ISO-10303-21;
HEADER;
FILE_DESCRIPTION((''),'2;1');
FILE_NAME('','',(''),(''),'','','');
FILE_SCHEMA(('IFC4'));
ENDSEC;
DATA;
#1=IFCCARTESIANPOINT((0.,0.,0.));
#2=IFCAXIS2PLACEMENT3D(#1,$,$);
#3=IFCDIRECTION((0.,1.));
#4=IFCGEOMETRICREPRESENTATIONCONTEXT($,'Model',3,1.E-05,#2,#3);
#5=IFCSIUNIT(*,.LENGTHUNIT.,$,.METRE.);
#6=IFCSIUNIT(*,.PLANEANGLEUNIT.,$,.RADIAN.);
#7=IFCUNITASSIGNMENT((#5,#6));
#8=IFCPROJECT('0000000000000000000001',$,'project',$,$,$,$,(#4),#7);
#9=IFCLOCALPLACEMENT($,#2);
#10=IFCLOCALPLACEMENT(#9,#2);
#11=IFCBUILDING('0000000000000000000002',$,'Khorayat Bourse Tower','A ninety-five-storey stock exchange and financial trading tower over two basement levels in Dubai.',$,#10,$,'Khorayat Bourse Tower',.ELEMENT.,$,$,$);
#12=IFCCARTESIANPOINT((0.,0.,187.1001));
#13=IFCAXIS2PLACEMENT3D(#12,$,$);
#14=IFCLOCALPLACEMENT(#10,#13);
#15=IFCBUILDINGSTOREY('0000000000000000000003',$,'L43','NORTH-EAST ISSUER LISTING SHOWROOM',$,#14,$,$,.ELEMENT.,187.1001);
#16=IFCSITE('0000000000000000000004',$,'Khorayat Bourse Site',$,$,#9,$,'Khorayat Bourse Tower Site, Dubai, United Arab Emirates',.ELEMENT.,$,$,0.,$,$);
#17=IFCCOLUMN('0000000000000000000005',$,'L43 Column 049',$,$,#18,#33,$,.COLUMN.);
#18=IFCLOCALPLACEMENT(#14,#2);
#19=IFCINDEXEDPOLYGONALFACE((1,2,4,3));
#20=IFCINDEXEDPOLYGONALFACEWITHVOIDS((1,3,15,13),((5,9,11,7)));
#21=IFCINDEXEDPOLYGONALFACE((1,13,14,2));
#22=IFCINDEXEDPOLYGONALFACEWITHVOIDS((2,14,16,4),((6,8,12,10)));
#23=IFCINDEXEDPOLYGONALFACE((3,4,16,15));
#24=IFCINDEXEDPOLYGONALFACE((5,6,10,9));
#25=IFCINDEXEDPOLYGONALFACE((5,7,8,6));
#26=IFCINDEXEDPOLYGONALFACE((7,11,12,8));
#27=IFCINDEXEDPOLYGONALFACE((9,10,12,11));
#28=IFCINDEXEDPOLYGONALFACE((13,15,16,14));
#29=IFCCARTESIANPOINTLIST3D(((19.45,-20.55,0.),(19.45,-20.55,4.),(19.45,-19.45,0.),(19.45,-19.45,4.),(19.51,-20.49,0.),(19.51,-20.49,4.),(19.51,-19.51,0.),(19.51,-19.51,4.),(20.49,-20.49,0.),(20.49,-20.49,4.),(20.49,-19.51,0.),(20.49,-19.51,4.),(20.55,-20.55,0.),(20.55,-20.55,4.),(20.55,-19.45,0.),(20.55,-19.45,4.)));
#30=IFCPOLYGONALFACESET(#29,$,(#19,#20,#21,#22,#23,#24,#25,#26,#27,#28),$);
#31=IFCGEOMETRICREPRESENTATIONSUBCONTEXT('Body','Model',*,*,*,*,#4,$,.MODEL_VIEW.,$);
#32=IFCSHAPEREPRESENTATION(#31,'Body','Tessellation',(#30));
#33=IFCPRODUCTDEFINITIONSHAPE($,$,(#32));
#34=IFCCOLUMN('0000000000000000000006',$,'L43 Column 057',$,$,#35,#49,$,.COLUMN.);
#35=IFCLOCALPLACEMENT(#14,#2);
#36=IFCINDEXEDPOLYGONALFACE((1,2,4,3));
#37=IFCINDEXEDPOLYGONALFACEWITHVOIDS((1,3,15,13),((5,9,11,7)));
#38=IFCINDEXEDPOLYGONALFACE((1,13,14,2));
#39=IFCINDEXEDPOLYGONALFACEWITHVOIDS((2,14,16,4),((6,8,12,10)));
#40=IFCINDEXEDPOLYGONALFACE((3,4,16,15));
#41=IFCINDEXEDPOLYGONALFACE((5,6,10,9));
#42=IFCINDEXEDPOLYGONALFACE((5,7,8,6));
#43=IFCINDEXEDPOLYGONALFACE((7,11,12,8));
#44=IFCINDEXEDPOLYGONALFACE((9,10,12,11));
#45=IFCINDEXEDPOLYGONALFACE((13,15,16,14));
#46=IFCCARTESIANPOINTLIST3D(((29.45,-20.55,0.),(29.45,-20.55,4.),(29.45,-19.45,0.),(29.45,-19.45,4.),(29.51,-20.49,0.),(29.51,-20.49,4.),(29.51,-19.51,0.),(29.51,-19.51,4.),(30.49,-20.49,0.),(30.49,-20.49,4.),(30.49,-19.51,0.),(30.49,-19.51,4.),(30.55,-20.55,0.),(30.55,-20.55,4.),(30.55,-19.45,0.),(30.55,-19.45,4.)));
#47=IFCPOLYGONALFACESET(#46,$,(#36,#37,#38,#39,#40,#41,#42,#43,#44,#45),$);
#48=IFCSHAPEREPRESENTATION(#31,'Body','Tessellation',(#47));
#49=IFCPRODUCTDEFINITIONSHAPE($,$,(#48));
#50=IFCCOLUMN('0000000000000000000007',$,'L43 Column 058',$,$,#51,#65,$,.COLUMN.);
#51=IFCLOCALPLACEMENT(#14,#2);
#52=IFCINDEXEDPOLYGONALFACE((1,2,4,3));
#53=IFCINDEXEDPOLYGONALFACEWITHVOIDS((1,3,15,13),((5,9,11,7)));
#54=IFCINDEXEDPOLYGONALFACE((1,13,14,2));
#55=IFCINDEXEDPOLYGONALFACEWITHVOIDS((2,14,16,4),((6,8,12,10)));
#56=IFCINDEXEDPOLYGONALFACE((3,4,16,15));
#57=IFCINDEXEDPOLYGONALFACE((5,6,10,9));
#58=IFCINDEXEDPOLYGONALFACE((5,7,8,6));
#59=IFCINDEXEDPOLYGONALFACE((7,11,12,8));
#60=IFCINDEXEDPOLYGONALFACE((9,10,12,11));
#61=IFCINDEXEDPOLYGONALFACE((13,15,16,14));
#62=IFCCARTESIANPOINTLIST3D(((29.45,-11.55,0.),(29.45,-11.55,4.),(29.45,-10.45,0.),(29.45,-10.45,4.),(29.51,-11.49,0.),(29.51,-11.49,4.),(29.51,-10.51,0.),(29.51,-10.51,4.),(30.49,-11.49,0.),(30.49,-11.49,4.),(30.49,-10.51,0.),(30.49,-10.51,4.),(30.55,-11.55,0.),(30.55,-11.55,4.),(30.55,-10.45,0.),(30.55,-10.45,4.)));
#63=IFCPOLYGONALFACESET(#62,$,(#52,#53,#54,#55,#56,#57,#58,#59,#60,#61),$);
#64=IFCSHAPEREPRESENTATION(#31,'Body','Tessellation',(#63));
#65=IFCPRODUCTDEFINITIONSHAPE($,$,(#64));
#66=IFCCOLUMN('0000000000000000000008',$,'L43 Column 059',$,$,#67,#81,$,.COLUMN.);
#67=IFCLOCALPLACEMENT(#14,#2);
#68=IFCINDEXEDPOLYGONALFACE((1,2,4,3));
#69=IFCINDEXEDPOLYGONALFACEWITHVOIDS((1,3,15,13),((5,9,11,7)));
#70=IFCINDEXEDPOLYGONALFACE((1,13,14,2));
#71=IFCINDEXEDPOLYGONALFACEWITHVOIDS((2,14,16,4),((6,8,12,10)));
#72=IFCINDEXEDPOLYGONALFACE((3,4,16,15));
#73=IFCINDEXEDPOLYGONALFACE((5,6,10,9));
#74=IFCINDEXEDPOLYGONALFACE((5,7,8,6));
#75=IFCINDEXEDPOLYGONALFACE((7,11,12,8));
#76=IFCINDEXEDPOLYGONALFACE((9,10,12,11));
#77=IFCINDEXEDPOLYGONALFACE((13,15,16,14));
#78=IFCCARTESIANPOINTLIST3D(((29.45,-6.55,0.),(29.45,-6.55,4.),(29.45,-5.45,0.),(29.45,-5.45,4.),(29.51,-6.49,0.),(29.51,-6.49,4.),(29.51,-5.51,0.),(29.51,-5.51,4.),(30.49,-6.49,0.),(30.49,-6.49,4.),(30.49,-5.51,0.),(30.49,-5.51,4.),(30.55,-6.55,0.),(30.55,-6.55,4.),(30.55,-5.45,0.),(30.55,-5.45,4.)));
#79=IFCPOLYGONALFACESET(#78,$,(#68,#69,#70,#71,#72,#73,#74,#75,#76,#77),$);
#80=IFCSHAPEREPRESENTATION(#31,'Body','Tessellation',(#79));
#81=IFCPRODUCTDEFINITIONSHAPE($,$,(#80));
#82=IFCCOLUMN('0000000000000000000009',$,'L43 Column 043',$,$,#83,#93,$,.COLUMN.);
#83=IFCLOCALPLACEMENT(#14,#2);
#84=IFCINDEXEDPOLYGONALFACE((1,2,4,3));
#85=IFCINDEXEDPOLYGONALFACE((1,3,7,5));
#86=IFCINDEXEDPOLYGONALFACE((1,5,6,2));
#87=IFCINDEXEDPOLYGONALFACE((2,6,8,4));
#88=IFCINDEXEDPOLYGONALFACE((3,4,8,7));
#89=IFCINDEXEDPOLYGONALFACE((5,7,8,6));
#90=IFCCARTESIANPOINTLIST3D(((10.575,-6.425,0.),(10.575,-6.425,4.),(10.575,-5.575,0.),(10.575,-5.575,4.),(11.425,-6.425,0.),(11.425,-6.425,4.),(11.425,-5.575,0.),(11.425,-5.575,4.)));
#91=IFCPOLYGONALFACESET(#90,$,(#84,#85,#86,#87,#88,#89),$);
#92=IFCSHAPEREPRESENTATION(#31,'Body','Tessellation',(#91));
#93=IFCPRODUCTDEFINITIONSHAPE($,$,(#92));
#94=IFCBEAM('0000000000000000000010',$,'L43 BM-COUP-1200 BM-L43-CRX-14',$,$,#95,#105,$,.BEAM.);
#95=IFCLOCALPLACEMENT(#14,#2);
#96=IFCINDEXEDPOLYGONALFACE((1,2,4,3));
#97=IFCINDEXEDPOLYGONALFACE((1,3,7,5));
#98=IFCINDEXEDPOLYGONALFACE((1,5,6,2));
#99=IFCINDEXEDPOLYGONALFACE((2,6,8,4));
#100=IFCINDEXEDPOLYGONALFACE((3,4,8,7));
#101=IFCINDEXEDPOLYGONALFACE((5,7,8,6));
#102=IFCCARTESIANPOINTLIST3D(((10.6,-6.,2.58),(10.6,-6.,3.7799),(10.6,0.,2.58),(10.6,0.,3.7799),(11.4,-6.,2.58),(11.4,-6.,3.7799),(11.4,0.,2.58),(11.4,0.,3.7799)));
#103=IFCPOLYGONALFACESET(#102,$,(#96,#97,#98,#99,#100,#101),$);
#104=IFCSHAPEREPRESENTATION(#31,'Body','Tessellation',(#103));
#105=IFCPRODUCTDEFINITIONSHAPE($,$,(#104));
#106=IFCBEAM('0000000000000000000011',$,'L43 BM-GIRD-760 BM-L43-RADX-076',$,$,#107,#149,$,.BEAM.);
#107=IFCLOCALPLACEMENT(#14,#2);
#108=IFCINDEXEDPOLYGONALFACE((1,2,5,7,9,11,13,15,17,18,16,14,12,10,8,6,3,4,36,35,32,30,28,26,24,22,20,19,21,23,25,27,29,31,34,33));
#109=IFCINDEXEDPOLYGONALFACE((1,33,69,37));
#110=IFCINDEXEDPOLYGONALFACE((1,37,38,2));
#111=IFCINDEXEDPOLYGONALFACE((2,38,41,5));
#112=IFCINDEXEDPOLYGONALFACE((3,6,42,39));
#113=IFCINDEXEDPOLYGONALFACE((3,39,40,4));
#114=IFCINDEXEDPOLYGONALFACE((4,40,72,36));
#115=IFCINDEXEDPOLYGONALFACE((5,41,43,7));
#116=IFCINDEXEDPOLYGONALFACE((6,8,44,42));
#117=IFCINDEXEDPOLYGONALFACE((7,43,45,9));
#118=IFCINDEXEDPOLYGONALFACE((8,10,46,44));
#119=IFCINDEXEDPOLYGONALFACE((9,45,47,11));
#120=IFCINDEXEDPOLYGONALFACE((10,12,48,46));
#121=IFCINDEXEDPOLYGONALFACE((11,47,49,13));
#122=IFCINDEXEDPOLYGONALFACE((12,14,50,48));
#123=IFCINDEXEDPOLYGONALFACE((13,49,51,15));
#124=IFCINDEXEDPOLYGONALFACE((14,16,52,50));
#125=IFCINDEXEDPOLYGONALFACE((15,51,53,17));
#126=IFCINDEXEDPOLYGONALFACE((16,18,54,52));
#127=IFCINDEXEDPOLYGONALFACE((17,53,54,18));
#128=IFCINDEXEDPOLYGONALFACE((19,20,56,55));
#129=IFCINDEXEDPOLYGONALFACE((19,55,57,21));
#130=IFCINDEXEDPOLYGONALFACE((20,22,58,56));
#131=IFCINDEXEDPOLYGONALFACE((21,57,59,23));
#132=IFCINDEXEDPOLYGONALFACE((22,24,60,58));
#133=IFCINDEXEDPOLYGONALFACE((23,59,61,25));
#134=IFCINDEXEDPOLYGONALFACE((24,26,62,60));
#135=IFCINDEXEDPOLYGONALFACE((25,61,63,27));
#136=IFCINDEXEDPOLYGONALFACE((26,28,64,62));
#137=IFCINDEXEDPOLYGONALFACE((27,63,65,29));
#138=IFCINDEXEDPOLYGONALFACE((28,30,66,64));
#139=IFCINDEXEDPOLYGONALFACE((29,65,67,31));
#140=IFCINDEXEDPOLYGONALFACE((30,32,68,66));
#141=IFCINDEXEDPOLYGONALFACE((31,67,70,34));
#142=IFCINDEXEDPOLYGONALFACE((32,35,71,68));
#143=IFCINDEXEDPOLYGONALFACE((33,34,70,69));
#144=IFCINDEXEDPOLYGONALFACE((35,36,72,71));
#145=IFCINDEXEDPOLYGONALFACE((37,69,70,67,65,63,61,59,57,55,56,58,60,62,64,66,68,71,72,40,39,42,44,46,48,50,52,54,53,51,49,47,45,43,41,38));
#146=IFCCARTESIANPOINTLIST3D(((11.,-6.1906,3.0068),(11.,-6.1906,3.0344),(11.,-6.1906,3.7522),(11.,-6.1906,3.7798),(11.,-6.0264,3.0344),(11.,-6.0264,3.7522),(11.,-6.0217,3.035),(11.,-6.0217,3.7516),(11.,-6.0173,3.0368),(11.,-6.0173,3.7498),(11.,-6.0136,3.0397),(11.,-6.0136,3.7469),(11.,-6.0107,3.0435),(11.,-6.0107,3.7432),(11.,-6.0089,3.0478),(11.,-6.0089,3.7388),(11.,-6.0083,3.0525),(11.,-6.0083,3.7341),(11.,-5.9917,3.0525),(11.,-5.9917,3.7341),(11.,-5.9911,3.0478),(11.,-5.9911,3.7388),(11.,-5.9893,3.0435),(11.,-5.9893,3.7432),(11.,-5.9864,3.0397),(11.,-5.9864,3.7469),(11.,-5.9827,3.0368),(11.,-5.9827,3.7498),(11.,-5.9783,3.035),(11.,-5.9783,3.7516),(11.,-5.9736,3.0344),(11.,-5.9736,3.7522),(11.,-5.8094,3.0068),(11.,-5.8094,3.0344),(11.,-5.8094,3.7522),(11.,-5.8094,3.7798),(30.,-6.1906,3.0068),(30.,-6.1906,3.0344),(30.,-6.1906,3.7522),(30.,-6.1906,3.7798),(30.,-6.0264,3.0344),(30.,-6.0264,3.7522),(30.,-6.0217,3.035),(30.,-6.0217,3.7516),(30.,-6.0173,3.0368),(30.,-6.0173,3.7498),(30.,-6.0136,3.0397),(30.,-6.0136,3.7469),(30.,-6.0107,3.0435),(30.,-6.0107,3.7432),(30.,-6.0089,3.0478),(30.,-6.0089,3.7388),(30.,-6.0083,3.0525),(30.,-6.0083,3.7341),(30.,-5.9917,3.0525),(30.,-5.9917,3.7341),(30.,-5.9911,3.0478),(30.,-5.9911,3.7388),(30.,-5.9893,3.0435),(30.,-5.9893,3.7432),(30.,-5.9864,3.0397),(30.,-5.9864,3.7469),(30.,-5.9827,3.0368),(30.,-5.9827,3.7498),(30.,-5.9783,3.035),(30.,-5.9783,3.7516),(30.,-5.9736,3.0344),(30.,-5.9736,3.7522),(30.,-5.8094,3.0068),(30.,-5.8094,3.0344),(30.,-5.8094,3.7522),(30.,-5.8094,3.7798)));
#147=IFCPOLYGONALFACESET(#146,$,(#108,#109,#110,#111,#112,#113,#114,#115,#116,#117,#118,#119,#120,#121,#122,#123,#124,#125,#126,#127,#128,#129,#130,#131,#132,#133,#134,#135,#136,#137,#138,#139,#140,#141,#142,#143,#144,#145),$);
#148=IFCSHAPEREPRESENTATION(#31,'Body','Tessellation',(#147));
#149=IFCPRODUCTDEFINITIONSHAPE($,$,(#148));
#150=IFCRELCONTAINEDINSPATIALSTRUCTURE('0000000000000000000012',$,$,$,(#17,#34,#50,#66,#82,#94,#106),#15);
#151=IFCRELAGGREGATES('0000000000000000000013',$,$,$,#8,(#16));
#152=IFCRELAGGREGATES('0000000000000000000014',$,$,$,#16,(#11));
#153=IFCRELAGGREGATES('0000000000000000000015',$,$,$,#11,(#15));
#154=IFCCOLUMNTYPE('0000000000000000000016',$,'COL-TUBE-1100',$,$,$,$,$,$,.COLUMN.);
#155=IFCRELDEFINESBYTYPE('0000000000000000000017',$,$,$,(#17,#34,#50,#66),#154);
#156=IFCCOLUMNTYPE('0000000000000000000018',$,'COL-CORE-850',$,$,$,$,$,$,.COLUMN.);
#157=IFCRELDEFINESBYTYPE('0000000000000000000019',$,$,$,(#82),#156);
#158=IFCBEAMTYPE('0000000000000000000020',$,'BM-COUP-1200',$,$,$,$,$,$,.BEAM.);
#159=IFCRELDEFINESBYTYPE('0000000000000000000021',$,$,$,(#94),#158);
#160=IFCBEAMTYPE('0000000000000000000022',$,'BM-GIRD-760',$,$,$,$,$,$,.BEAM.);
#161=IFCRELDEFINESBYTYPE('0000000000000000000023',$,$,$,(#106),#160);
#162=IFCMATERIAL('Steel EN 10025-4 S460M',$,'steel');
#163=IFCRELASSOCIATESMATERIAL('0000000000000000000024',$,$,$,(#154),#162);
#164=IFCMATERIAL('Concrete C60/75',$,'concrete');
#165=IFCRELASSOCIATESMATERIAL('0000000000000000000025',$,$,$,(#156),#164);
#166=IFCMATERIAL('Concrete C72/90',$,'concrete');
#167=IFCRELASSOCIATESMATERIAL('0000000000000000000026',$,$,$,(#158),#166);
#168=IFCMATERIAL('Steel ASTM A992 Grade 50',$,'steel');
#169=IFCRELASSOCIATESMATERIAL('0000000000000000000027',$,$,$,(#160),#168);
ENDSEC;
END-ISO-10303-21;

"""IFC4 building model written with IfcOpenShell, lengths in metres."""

from ifc_helpers import new_model, si_unit, direction, frame, origin, origin_2d, place, context, subcontext, project, spatial, rectangle, hollow_rectangle, i_section, extrude, source, transform, mapped, material, material_profile, profile_set, type_object, element, save


model = new_model("IFC4")

# Units and contexts
model_context = context("Model", 3, precision=1e-05, world=origin(), true_north=direction((0.0, 1.0)))
body_context = subcontext(model_context, "Body", "Model", "MODEL_VIEW")
ifc_project = project(units=[si_unit("LENGTHUNIT", "METRE"), si_unit("PLANEANGLEUNIT", "RADIAN")], contexts=[model_context])

# Site, building, storey
site_placement = place(None, origin())
site = spatial("IfcSite", under=ifc_project, at=site_placement, Name="Khorayat Bourse Site", LongName="Khorayat Bourse Tower Site, Dubai, United Arab Emirates", CompositionType="ELEMENT", RefElevation=0.0)
building_placement = place(site_placement, origin())
building = spatial("IfcBuilding", under=site, at=building_placement, Name="Khorayat Bourse Tower", Description="A ninety-five-storey stock exchange and financial trading tower over two basement levels in Dubai.", LongName="Khorayat Bourse Tower", CompositionType="ELEMENT")
storey_placement = place(building_placement, frame((0.0, 0.0, 187.1001)))
storey = spatial("IfcBuildingStorey", under=building, at=storey_placement, Name="L43", Description="NORTH-EAST ISSUER LISTING SHOWROOM", CompositionType="ELEMENT", Elevation=187.1001)

# Columns
ifc_material_1 = material(Name="Steel EN 10025-4 S460M", Category="steel")
ifc_material_profile_1 = material_profile(ifc_material_1, hollow_rectangle(XDim=1.1001, YDim=1.1001, WallThickness=0.0601, at=origin_2d()), Name="BOX 1100x1100x60")
ifc_profile_set_1 = profile_set([ifc_material_profile_1], Name="Steel EN 10025-4 S460M")
column_type_1 = type_object("IfcColumnType", Name="COL-TUBE-1100", PredefinedType="COLUMN", material=ifc_profile_set_1)
shared_shape_1 = source(origin(), body_context, "Body", "SweptSolid", [
    extrude(hollow_rectangle(XDim=1.1001, YDim=1.1001, WallThickness=0.0601, at=origin_2d()), origin(), (0.0, 0.0, 1.0), 4.0),
])
for number, where, z_axis, x_axis, name in (
    (1, (20.0, -20.0, 0.0), (0.0, 0.0, 1.0), (1.0, 0.0, 0.0), "L43 Column 049"),
    (2, (30.0, -20.0, 0.0), (0.0, 0.0, 1.0), (1.0, 0.0, 0.0), "L43 Column 057"),
    (3, (30.0, -11.0, 0.0), (0.0, 0.0, 1.0), (1.0, 0.0, 0.0), "L43 Column 058"),
    (4, (30.0, -6.0, 0.0), (0.0, 0.0, 1.0), (1.0, 0.0, 0.0), "L43 Column 059"),
):
    element("IfcColumn", number, at=place(storey_placement, frame(where, z_axis=z_axis, x_axis=x_axis)), inside=storey, type_object=column_type_1, Name=name, PredefinedType="COLUMN", context=body_context, shape_type="MappedRepresentation", body=[
        mapped(shared_shape_1, transform((0.0, 0.0, 0.0), scale=1.0)),
    ])
ifc_material_2 = material(Name="Concrete C60/75", Category="concrete")
ifc_material_profile_2 = material_profile(ifc_material_2, rectangle(XDim=0.8501, YDim=0.8501, at=origin_2d()), Name="RC 850x850")
ifc_profile_set_2 = profile_set([ifc_material_profile_2], Name="Concrete C60/75")
column_type_2 = type_object("IfcColumnType", Name="COL-CORE-850", PredefinedType="COLUMN", material=ifc_profile_set_2)
shared_shape_2 = source(origin(), body_context, "Body", "SweptSolid", [
    extrude(rectangle(XDim=0.8501, YDim=0.8501, at=origin_2d()), origin(), (0.0, 0.0, 1.0), 4.0),
])
column_placement = place(storey_placement, frame((11.0, -6.0, 0.0), z_axis=(0.0, 0.0, 1.0), x_axis=(1.0, 0.0, 0.0)))
element("IfcColumn", 5, at=column_placement, inside=storey, type_object=column_type_2, Name="L43 Column 043", PredefinedType="COLUMN", context=body_context, shape_type="MappedRepresentation", body=[
    mapped(shared_shape_2, transform((0.0, 0.0, 0.0), scale=1.0)),
])

# Beams
ifc_material_3 = material(Name="Concrete C72/90", Category="concrete")
ifc_material_profile_3 = material_profile(ifc_material_3, rectangle(XDim=0.8, YDim=1.2, at=origin_2d()), Name="RC 800x1200")
ifc_profile_set_3 = profile_set([ifc_material_profile_3], Name="Concrete C72/90")
beam_type_1 = type_object("IfcBeamType", Name="BM-COUP-1200", PredefinedType="BEAM", material=ifc_profile_set_3)
shared_shape_3 = source(origin(), body_context, "Body", "SweptSolid", [
    extrude(rectangle(XDim=0.8, YDim=1.2, at=origin_2d()), origin(), (0.0, 0.0, 1.0), 6.0),
])
beam_1_placement = place(storey_placement, frame((11.0, -6.0, 3.1799), z_axis=(0.0, 1.0, 0.0), x_axis=(-1.0, 0.0, 0.0)))
element("IfcBeam", 6, at=beam_1_placement, inside=storey, type_object=beam_type_1, Name="L43 BM-COUP-1200 BM-L43-CRX-14", PredefinedType="BEAM", context=body_context, shape_type="MappedRepresentation", body=[
    mapped(shared_shape_3, transform((0.0, 0.0, 0.0), scale=1.0)),
])
ifc_material_4 = material(Name="Steel ASTM A992 Grade 50", Category="steel")
ifc_material_profile_4 = material_profile(ifc_material_4, i_section(OverallWidth=0.3811, OverallDepth=0.7729, WebThickness=0.0166, FlangeThickness=0.0276, FilletRadius=0.0181, at=origin_2d()), Name="W760X257")
ifc_profile_set_4 = profile_set([ifc_material_profile_4], Name="Steel ASTM A992 Grade 50")
beam_type_2 = type_object("IfcBeamType", Name="BM-GIRD-760", PredefinedType="BEAM", material=ifc_profile_set_4)
shared_shape_4 = source(origin(), body_context, "Body", "SweptSolid", [
    extrude(i_section(OverallWidth=0.3811, OverallDepth=0.7729, WebThickness=0.0166, FlangeThickness=0.0276, FilletRadius=0.0181, at=origin_2d()), origin(), (0.0, 0.0, 1.0), 19.0),
])
beam_2_placement = place(storey_placement, frame((11.0, -6.0, 3.3933), z_axis=(1.0, 0.0, 0.0), x_axis=(0.0, 1.0, 0.0)))
element("IfcBeam", 7, at=beam_2_placement, inside=storey, type_object=beam_type_2, Name="L43 BM-GIRD-760 BM-L43-RADX-076", PredefinedType="BEAM", context=body_context, shape_type="MappedRepresentation", body=[
    mapped(shared_shape_4, transform((0.0, 0.0, 0.0), scale=1.0)),
])

save(model, "model.ifc")
